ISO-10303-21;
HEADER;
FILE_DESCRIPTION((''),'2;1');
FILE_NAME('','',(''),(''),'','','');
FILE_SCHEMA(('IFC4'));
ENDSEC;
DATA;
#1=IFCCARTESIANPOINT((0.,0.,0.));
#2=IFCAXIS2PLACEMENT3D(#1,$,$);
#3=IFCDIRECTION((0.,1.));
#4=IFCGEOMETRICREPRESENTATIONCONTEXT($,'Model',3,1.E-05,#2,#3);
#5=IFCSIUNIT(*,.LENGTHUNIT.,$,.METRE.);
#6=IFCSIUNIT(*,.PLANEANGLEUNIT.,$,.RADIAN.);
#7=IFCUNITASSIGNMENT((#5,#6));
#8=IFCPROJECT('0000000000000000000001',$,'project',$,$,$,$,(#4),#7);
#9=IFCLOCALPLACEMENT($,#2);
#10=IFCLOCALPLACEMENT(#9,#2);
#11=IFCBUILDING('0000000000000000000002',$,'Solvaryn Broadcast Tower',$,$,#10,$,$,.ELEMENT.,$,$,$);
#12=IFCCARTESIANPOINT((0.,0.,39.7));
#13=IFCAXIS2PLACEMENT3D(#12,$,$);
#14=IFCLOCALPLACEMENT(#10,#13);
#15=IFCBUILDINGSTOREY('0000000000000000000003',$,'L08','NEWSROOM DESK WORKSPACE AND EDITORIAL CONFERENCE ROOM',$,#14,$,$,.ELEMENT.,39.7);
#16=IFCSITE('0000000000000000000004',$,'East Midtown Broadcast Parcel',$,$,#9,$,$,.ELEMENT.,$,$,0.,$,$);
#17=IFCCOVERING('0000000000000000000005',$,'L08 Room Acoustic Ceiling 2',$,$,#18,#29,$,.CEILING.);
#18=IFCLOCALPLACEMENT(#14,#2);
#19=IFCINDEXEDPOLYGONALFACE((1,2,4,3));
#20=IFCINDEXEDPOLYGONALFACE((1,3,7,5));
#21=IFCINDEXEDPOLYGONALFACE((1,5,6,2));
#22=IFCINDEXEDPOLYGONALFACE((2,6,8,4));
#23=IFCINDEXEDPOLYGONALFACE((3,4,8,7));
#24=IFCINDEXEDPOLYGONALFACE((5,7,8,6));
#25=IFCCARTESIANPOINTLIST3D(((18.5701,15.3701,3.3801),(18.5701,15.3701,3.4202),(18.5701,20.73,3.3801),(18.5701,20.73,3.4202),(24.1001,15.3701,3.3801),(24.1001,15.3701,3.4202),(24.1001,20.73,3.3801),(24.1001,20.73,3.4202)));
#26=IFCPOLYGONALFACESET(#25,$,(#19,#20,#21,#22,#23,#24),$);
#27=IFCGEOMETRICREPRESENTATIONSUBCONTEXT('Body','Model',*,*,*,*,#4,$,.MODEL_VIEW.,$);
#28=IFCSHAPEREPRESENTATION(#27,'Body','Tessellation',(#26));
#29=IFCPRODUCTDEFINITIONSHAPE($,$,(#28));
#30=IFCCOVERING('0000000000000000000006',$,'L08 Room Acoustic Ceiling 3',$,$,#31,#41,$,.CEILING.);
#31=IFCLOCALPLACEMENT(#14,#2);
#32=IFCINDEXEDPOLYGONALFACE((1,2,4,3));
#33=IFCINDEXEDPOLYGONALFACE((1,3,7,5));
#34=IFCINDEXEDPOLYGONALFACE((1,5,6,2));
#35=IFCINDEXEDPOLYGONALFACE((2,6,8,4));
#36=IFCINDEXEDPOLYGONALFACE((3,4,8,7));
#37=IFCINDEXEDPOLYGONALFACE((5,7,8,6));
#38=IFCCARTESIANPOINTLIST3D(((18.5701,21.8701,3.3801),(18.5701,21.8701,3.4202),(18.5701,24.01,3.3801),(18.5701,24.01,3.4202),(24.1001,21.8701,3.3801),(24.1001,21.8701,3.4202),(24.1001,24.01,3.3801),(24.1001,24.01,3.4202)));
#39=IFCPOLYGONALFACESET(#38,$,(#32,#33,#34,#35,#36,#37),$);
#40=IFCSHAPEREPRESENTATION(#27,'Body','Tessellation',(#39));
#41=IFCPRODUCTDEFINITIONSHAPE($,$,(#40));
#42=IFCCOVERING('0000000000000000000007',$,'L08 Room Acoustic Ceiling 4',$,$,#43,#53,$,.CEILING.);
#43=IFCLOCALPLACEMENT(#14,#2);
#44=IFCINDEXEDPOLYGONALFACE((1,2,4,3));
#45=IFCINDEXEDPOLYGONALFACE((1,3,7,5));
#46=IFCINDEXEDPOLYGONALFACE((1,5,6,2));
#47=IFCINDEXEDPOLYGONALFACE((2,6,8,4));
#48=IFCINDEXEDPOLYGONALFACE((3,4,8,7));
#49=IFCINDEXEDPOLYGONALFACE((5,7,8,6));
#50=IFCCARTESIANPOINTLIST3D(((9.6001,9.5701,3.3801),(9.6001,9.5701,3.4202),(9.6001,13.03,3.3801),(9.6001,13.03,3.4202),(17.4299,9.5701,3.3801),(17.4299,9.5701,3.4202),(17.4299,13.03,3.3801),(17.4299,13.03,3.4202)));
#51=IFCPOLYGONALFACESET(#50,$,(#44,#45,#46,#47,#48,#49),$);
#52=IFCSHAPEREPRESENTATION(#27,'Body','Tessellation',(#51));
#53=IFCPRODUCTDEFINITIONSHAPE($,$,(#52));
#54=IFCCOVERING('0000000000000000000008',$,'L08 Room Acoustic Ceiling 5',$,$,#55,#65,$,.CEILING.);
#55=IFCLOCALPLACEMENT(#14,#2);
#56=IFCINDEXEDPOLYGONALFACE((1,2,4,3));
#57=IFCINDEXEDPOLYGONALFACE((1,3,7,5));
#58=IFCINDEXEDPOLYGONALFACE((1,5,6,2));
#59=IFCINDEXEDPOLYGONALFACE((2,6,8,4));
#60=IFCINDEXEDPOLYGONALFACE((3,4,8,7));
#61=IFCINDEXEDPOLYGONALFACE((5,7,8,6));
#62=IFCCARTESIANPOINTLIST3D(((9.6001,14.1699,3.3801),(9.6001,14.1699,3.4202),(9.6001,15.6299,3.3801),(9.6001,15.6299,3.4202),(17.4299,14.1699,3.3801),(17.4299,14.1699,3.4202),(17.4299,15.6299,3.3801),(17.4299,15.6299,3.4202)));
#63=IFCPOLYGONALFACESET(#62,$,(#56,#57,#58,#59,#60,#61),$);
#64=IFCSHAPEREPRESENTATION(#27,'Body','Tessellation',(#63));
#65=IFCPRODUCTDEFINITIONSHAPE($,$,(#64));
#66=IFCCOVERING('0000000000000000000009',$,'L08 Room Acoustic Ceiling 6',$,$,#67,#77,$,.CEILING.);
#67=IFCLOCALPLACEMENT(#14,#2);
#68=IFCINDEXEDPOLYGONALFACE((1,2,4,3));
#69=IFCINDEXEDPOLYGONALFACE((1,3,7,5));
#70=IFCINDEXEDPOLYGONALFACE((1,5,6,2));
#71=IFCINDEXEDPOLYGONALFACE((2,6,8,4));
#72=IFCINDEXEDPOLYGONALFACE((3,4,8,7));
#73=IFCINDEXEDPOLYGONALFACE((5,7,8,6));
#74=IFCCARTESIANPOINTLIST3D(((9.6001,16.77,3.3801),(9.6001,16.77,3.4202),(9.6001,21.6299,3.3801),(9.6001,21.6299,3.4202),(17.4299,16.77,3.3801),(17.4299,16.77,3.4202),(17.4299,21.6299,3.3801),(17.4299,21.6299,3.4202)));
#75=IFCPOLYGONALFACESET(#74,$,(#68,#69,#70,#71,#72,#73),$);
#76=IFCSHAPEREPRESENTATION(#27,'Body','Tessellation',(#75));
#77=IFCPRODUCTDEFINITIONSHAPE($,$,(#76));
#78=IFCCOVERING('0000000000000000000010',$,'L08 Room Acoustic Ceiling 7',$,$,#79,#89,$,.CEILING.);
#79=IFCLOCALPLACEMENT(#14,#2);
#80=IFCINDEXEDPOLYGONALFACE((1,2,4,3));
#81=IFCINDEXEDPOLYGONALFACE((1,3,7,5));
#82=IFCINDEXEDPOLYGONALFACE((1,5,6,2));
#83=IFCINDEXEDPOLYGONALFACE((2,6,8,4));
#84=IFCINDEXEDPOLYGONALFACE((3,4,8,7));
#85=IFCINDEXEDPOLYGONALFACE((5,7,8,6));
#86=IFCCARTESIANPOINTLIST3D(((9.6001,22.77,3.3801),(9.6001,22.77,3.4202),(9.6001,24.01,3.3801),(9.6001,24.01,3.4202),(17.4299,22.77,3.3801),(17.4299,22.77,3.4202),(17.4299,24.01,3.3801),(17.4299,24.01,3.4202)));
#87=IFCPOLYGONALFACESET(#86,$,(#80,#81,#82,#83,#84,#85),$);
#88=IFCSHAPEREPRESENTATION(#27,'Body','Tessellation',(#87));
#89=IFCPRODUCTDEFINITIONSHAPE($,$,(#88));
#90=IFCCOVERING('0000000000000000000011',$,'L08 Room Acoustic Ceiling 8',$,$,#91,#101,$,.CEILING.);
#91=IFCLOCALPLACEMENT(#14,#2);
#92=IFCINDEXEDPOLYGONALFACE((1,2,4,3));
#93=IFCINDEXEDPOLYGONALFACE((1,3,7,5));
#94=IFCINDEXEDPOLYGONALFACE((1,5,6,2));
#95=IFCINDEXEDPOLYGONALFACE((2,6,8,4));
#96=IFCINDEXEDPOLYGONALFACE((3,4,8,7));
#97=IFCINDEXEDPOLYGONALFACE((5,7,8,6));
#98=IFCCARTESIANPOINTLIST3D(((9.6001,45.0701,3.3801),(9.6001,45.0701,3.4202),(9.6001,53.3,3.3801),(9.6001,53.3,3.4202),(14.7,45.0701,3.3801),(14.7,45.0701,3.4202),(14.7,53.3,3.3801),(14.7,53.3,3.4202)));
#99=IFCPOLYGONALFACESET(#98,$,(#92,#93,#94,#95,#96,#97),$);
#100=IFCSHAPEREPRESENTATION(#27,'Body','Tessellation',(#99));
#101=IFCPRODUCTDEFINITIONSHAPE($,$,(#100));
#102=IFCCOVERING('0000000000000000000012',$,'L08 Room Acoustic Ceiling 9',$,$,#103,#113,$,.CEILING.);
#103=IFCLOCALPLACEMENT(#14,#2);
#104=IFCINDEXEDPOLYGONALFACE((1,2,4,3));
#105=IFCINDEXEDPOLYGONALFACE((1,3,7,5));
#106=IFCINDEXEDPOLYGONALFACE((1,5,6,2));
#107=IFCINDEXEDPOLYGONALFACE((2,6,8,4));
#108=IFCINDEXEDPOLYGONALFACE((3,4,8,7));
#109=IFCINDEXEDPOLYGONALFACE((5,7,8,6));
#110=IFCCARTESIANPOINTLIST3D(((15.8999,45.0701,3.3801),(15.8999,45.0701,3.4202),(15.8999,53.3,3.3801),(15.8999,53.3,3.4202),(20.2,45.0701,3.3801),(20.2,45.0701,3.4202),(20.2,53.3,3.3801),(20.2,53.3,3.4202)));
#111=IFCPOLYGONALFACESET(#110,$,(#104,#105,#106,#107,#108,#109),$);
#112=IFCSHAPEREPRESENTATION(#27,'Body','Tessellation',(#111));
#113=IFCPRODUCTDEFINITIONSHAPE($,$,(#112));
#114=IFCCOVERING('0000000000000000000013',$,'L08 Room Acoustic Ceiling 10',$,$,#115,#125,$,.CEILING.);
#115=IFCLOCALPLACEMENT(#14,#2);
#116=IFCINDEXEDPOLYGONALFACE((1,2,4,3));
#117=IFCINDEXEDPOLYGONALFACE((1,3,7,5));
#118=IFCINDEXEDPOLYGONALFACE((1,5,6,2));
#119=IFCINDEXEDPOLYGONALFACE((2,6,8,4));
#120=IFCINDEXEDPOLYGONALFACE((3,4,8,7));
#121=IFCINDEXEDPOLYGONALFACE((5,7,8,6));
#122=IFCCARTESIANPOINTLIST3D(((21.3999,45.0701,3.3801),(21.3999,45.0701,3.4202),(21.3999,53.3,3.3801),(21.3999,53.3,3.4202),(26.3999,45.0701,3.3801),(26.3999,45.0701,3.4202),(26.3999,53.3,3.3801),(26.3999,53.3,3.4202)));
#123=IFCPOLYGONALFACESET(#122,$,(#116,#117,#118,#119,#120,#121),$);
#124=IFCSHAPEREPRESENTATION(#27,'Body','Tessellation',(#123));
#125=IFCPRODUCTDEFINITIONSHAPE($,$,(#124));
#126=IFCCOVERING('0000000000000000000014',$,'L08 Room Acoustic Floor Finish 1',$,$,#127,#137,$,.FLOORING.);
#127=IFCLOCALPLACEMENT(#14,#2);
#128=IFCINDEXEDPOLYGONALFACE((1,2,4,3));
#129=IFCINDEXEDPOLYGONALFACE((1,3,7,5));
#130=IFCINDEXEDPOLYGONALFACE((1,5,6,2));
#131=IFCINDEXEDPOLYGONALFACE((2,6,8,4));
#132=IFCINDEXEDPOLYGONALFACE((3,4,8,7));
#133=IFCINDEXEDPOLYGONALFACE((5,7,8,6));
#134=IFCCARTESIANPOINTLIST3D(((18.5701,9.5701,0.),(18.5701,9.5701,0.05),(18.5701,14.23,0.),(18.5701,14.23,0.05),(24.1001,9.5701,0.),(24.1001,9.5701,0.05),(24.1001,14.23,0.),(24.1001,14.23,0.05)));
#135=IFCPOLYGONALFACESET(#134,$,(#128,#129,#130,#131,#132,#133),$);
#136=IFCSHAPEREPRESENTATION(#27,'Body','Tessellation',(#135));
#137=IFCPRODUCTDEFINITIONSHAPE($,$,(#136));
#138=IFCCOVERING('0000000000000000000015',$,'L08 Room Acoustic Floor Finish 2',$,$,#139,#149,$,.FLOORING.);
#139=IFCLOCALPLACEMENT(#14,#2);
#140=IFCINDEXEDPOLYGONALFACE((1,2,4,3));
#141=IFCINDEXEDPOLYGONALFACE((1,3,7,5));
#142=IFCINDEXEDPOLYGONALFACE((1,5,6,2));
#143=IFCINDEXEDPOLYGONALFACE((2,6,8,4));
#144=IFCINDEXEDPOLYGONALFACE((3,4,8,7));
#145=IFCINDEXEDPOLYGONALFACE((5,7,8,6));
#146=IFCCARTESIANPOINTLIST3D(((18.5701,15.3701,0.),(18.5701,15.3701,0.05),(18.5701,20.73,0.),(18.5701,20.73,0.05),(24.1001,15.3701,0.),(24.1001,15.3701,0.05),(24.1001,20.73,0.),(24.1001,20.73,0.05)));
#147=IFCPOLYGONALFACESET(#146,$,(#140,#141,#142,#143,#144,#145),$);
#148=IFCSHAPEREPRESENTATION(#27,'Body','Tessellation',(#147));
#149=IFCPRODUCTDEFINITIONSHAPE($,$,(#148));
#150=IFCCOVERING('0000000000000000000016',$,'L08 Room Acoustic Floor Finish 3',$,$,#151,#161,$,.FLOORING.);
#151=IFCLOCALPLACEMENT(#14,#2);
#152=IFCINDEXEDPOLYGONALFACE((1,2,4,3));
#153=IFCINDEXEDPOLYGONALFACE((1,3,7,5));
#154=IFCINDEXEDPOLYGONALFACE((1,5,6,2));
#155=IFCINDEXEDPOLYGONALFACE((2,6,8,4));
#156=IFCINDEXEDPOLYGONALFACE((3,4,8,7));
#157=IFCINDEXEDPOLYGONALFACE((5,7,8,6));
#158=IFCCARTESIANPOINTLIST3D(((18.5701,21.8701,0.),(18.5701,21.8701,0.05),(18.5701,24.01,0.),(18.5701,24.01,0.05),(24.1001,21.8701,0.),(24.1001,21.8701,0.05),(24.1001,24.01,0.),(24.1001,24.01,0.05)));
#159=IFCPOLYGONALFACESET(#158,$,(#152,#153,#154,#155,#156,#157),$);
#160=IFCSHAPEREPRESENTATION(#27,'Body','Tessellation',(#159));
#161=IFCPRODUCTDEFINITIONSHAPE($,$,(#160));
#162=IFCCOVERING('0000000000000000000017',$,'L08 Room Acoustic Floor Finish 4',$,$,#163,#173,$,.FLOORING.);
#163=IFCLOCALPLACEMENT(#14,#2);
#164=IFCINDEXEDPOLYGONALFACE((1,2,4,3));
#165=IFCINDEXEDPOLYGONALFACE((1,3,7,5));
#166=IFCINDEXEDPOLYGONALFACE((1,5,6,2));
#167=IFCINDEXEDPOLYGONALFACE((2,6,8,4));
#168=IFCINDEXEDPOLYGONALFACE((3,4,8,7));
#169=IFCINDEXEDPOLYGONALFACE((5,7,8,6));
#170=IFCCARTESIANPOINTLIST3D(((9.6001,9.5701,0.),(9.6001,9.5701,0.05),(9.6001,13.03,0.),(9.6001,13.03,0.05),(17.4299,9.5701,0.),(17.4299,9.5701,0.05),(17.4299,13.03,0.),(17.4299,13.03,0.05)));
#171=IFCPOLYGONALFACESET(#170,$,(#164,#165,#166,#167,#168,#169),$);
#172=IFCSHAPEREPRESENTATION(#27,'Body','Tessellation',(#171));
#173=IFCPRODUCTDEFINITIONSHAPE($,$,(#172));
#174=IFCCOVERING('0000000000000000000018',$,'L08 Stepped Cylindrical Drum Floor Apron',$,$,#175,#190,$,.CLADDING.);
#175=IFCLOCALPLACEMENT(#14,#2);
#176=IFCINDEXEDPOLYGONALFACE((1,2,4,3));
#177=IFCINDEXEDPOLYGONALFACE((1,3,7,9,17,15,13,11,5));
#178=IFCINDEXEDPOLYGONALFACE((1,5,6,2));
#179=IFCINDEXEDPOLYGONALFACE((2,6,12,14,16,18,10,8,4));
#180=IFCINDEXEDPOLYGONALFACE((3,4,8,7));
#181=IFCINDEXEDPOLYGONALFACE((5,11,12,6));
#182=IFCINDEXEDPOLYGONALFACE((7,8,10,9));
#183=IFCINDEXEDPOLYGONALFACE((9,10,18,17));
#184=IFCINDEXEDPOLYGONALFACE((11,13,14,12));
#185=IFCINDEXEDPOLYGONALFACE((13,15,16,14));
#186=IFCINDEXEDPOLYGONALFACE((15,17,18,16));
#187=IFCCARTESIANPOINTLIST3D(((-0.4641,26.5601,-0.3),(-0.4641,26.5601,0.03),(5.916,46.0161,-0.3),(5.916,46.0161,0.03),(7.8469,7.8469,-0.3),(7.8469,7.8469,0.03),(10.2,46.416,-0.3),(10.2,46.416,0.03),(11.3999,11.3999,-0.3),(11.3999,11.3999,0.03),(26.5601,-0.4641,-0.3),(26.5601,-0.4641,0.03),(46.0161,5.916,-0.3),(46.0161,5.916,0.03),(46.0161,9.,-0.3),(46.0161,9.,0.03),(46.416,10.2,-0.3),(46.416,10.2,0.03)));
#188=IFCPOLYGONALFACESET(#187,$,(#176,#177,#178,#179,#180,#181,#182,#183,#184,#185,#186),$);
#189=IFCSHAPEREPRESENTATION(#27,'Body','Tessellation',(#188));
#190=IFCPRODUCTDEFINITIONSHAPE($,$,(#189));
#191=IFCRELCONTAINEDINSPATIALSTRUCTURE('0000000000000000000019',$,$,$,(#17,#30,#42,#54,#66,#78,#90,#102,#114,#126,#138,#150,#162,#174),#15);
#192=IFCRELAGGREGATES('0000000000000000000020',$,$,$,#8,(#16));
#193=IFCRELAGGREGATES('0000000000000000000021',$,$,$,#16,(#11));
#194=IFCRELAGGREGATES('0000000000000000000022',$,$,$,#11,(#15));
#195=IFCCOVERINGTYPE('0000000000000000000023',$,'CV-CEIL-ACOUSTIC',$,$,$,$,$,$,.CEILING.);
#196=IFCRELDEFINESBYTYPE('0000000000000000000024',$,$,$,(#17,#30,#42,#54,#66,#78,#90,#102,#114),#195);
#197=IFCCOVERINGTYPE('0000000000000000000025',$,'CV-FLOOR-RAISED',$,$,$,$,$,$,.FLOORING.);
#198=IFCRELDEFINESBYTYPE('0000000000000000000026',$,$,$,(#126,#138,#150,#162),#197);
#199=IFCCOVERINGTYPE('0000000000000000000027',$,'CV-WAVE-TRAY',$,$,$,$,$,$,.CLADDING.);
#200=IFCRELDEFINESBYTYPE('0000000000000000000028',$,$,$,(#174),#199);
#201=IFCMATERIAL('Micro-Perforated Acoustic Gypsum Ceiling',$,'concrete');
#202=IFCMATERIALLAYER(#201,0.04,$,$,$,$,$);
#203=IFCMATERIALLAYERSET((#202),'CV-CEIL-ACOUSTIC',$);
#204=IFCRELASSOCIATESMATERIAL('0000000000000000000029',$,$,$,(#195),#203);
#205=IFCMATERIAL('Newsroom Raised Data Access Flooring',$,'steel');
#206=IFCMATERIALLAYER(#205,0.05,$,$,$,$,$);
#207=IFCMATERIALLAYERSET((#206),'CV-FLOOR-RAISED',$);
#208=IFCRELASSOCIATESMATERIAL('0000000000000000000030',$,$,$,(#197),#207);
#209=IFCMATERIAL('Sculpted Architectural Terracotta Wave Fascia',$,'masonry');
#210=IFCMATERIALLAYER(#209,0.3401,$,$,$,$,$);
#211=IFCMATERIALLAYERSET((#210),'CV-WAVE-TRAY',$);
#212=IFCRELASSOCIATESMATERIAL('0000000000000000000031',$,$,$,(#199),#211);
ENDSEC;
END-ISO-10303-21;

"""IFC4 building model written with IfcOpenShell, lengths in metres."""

from ifc_helpers import new_model, si_unit, direction, frame, origin, place, context, subcontext, project, spatial, polyline, outline, extrude, material, layer, layer_set, type_object, element, save


model = new_model("IFC4")

# Units and contexts
model_context = context("Model", 3, precision=1e-05, world=origin(), true_north=direction((0.0, 1.0)))
body_context = subcontext(model_context, "Body", "Model", "MODEL_VIEW")
ifc_project = project(units=[si_unit("LENGTHUNIT", "METRE"), si_unit("PLANEANGLEUNIT", "RADIAN")], contexts=[model_context])

# Site, building, storey
site_placement = place(None, origin())
site = spatial("IfcSite", under=ifc_project, at=site_placement, Name="East Midtown Broadcast Parcel", CompositionType="ELEMENT", RefElevation=0.0)
building_placement = place(site_placement, origin())
building = spatial("IfcBuilding", under=site, at=building_placement, Name="Solvaryn Broadcast Tower", CompositionType="ELEMENT")
storey_placement = place(building_placement, frame((0.0, 0.0, 39.7)))
storey = spatial("IfcBuildingStorey", under=building, at=storey_placement, Name="L08", Description="NEWSROOM DESK WORKSPACE AND EDITORIAL CONFERENCE ROOM", CompositionType="ELEMENT", Elevation=39.7)

# Coverings
ifc_material_1 = material(Name="Micro-Perforated Acoustic Gypsum Ceiling", Category="concrete")
ifc_layer_1 = layer(ifc_material_1, 0.04)
ifc_layer_set_1 = layer_set([ifc_layer_1], Name="CV-CEIL-ACOUSTIC")
covering_type_1 = type_object("IfcCoveringType", Name="CV-CEIL-ACOUSTIC", PredefinedType="CEILING", material=ifc_layer_set_1)
covering_1_placement = place(storey_placement, frame((0.0, 0.0, 3.3801)))
element("IfcCovering", 1, at=covering_1_placement, inside=storey, type_object=covering_type_1, Name="L08 Room Acoustic Ceiling 2", PredefinedType="CEILING", context=body_context, shape_type="SweptSolid", body=[
    extrude(outline(polyline([(18.5701, 15.3701), (24.1001, 15.3701), (24.1001, 20.73), (18.5701, 20.73), (18.5701, 15.3701)])), origin(), (0.0, 0.0, 1.0), 0.04),
])
covering_2_placement = place(storey_placement, frame((0.0, 0.0, 3.3801)))
element("IfcCovering", 2, at=covering_2_placement, inside=storey, type_object=covering_type_1, Name="L08 Room Acoustic Ceiling 3", PredefinedType="CEILING", context=body_context, shape_type="SweptSolid", body=[
    extrude(outline(polyline([(18.5701, 21.8701), (24.1001, 21.8701), (24.1001, 24.01), (18.5701, 24.01), (18.5701, 21.8701)])), origin(), (0.0, 0.0, 1.0), 0.04),
])
covering_3_placement = place(storey_placement, frame((0.0, 0.0, 3.3801)))
element("IfcCovering", 3, at=covering_3_placement, inside=storey, type_object=covering_type_1, Name="L08 Room Acoustic Ceiling 4", PredefinedType="CEILING", context=body_context, shape_type="SweptSolid", body=[
    extrude(outline(polyline([(9.6001, 9.5701), (17.4299, 9.5701), (17.4299, 13.03), (9.6001, 13.03), (9.6001, 9.5701)])), origin(), (0.0, 0.0, 1.0), 0.04),
])
covering_4_placement = place(storey_placement, frame((0.0, 0.0, 3.3801)))
element("IfcCovering", 4, at=covering_4_placement, inside=storey, type_object=covering_type_1, Name="L08 Room Acoustic Ceiling 5", PredefinedType="CEILING", context=body_context, shape_type="SweptSolid", body=[
    extrude(outline(polyline([(9.6001, 14.1699), (17.4299, 14.1699), (17.4299, 15.6299), (9.6001, 15.6299), (9.6001, 14.1699)])), origin(), (0.0, 0.0, 1.0), 0.04),
])
covering_5_placement = place(storey_placement, frame((0.0, 0.0, 3.3801)))
element("IfcCovering", 5, at=covering_5_placement, inside=storey, type_object=covering_type_1, Name="L08 Room Acoustic Ceiling 6", PredefinedType="CEILING", context=body_context, shape_type="SweptSolid", body=[
    extrude(outline(polyline([(9.6001, 16.77), (17.4299, 16.77), (17.4299, 21.6299), (9.6001, 21.6299), (9.6001, 16.77)])), origin(), (0.0, 0.0, 1.0), 0.04),
])
covering_6_placement = place(storey_placement, frame((0.0, 0.0, 3.3801)))
element("IfcCovering", 6, at=covering_6_placement, inside=storey, type_object=covering_type_1, Name="L08 Room Acoustic Ceiling 7", PredefinedType="CEILING", context=body_context, shape_type="SweptSolid", body=[
    extrude(outline(polyline([(9.6001, 22.77), (17.4299, 22.77), (17.4299, 24.01), (9.6001, 24.01), (9.6001, 22.77)])), origin(), (0.0, 0.0, 1.0), 0.04),
])
covering_7_placement = place(storey_placement, frame((0.0, 0.0, 3.3801)))
element("IfcCovering", 7, at=covering_7_placement, inside=storey, type_object=covering_type_1, Name="L08 Room Acoustic Ceiling 8", PredefinedType="CEILING", context=body_context, shape_type="SweptSolid", body=[
    extrude(outline(polyline([(9.6001, 45.0701), (14.7, 45.0701), (14.7, 53.3), (9.6001, 53.3), (9.6001, 45.0701)])), origin(), (0.0, 0.0, 1.0), 0.04),
])
covering_8_placement = place(storey_placement, frame((0.0, 0.0, 3.3801)))
element("IfcCovering", 8, at=covering_8_placement, inside=storey, type_object=covering_type_1, Name="L08 Room Acoustic Ceiling 9", PredefinedType="CEILING", context=body_context, shape_type="SweptSolid", body=[
    extrude(outline(polyline([(15.8999, 45.0701), (20.2, 45.0701), (20.2, 53.3), (15.8999, 53.3), (15.8999, 45.0701)])), origin(), (0.0, 0.0, 1.0), 0.04),
])
covering_9_placement = place(storey_placement, frame((0.0, 0.0, 3.3801)))
element("IfcCovering", 9, at=covering_9_placement, inside=storey, type_object=covering_type_1, Name="L08 Room Acoustic Ceiling 10", PredefinedType="CEILING", context=body_context, shape_type="SweptSolid", body=[
    extrude(outline(polyline([(21.3999, 45.0701), (26.3999, 45.0701), (26.3999, 53.3), (21.3999, 53.3), (21.3999, 45.0701)])), origin(), (0.0, 0.0, 1.0), 0.04),
])
ifc_material_2 = material(Name="Newsroom Raised Data Access Flooring", Category="steel")
ifc_layer_2 = layer(ifc_material_2, 0.05)
ifc_layer_set_2 = layer_set([ifc_layer_2], Name="CV-FLOOR-RAISED")
covering_type_2 = type_object("IfcCoveringType", Name="CV-FLOOR-RAISED", PredefinedType="FLOORING", material=ifc_layer_set_2)
covering_10_placement = place(storey_placement, origin())
element("IfcCovering", 10, at=covering_10_placement, inside=storey, type_object=covering_type_2, Name="L08 Room Acoustic Floor Finish 1", PredefinedType="FLOORING", context=body_context, shape_type="SweptSolid", body=[
    extrude(outline(polyline([(18.5701, 9.5701), (24.1001, 9.5701), (24.1001, 14.23), (18.5701, 14.23), (18.5701, 9.5701)])), origin(), (0.0, 0.0, 1.0), 0.05),
])
covering_11_placement = place(storey_placement, origin())
element("IfcCovering", 11, at=covering_11_placement, inside=storey, type_object=covering_type_2, Name="L08 Room Acoustic Floor Finish 2", PredefinedType="FLOORING", context=body_context, shape_type="SweptSolid", body=[
    extrude(outline(polyline([(18.5701, 15.3701), (24.1001, 15.3701), (24.1001, 20.73), (18.5701, 20.73), (18.5701, 15.3701)])), origin(), (0.0, 0.0, 1.0), 0.05),
])
covering_12_placement = place(storey_placement, origin())
element("IfcCovering", 12, at=covering_12_placement, inside=storey, type_object=covering_type_2, Name="L08 Room Acoustic Floor Finish 3", PredefinedType="FLOORING", context=body_context, shape_type="SweptSolid", body=[
    extrude(outline(polyline([(18.5701, 21.8701), (24.1001, 21.8701), (24.1001, 24.01), (18.5701, 24.01), (18.5701, 21.8701)])), origin(), (0.0, 0.0, 1.0), 0.05),
])
covering_13_placement = place(storey_placement, origin())
element("IfcCovering", 13, at=covering_13_placement, inside=storey, type_object=covering_type_2, Name="L08 Room Acoustic Floor Finish 4", PredefinedType="FLOORING", context=body_context, shape_type="SweptSolid", body=[
    extrude(outline(polyline([(9.6001, 9.5701), (17.4299, 9.5701), (17.4299, 13.03), (9.6001, 13.03), (9.6001, 9.5701)])), origin(), (0.0, 0.0, 1.0), 0.05),
])
ifc_material_3 = material(Name="Sculpted Architectural Terracotta Wave Fascia", Category="masonry")
ifc_layer_3 = layer(ifc_material_3, 0.3401)
ifc_layer_set_3 = layer_set([ifc_layer_3], Name="CV-WAVE-TRAY")
covering_type_3 = type_object("IfcCoveringType", Name="CV-WAVE-TRAY", PredefinedType="CLADDING", material=ifc_layer_set_3)
covering_14_placement = place(storey_placement, frame((0.0, 0.0, -0.3)))
element("IfcCovering", 14, at=covering_14_placement, inside=storey, type_object=covering_type_3, Name="L08 Stepped Cylindrical Drum Floor Apron", PredefinedType="CLADDING", context=body_context, shape_type="SweptSolid", body=[
    extrude(outline(polyline([(10.2, 46.416), (5.916, 46.0161), (-0.4641, 26.5601), (7.8469, 7.8469), (26.5601, -0.4641), (46.0161, 5.916), (46.0161, 9.0), (46.416, 10.2), (11.3999, 11.3999), (10.2, 46.416)])), origin(), (0.0, 0.0, 1.0), 0.3301),
])

save(model, "model.ifc")
